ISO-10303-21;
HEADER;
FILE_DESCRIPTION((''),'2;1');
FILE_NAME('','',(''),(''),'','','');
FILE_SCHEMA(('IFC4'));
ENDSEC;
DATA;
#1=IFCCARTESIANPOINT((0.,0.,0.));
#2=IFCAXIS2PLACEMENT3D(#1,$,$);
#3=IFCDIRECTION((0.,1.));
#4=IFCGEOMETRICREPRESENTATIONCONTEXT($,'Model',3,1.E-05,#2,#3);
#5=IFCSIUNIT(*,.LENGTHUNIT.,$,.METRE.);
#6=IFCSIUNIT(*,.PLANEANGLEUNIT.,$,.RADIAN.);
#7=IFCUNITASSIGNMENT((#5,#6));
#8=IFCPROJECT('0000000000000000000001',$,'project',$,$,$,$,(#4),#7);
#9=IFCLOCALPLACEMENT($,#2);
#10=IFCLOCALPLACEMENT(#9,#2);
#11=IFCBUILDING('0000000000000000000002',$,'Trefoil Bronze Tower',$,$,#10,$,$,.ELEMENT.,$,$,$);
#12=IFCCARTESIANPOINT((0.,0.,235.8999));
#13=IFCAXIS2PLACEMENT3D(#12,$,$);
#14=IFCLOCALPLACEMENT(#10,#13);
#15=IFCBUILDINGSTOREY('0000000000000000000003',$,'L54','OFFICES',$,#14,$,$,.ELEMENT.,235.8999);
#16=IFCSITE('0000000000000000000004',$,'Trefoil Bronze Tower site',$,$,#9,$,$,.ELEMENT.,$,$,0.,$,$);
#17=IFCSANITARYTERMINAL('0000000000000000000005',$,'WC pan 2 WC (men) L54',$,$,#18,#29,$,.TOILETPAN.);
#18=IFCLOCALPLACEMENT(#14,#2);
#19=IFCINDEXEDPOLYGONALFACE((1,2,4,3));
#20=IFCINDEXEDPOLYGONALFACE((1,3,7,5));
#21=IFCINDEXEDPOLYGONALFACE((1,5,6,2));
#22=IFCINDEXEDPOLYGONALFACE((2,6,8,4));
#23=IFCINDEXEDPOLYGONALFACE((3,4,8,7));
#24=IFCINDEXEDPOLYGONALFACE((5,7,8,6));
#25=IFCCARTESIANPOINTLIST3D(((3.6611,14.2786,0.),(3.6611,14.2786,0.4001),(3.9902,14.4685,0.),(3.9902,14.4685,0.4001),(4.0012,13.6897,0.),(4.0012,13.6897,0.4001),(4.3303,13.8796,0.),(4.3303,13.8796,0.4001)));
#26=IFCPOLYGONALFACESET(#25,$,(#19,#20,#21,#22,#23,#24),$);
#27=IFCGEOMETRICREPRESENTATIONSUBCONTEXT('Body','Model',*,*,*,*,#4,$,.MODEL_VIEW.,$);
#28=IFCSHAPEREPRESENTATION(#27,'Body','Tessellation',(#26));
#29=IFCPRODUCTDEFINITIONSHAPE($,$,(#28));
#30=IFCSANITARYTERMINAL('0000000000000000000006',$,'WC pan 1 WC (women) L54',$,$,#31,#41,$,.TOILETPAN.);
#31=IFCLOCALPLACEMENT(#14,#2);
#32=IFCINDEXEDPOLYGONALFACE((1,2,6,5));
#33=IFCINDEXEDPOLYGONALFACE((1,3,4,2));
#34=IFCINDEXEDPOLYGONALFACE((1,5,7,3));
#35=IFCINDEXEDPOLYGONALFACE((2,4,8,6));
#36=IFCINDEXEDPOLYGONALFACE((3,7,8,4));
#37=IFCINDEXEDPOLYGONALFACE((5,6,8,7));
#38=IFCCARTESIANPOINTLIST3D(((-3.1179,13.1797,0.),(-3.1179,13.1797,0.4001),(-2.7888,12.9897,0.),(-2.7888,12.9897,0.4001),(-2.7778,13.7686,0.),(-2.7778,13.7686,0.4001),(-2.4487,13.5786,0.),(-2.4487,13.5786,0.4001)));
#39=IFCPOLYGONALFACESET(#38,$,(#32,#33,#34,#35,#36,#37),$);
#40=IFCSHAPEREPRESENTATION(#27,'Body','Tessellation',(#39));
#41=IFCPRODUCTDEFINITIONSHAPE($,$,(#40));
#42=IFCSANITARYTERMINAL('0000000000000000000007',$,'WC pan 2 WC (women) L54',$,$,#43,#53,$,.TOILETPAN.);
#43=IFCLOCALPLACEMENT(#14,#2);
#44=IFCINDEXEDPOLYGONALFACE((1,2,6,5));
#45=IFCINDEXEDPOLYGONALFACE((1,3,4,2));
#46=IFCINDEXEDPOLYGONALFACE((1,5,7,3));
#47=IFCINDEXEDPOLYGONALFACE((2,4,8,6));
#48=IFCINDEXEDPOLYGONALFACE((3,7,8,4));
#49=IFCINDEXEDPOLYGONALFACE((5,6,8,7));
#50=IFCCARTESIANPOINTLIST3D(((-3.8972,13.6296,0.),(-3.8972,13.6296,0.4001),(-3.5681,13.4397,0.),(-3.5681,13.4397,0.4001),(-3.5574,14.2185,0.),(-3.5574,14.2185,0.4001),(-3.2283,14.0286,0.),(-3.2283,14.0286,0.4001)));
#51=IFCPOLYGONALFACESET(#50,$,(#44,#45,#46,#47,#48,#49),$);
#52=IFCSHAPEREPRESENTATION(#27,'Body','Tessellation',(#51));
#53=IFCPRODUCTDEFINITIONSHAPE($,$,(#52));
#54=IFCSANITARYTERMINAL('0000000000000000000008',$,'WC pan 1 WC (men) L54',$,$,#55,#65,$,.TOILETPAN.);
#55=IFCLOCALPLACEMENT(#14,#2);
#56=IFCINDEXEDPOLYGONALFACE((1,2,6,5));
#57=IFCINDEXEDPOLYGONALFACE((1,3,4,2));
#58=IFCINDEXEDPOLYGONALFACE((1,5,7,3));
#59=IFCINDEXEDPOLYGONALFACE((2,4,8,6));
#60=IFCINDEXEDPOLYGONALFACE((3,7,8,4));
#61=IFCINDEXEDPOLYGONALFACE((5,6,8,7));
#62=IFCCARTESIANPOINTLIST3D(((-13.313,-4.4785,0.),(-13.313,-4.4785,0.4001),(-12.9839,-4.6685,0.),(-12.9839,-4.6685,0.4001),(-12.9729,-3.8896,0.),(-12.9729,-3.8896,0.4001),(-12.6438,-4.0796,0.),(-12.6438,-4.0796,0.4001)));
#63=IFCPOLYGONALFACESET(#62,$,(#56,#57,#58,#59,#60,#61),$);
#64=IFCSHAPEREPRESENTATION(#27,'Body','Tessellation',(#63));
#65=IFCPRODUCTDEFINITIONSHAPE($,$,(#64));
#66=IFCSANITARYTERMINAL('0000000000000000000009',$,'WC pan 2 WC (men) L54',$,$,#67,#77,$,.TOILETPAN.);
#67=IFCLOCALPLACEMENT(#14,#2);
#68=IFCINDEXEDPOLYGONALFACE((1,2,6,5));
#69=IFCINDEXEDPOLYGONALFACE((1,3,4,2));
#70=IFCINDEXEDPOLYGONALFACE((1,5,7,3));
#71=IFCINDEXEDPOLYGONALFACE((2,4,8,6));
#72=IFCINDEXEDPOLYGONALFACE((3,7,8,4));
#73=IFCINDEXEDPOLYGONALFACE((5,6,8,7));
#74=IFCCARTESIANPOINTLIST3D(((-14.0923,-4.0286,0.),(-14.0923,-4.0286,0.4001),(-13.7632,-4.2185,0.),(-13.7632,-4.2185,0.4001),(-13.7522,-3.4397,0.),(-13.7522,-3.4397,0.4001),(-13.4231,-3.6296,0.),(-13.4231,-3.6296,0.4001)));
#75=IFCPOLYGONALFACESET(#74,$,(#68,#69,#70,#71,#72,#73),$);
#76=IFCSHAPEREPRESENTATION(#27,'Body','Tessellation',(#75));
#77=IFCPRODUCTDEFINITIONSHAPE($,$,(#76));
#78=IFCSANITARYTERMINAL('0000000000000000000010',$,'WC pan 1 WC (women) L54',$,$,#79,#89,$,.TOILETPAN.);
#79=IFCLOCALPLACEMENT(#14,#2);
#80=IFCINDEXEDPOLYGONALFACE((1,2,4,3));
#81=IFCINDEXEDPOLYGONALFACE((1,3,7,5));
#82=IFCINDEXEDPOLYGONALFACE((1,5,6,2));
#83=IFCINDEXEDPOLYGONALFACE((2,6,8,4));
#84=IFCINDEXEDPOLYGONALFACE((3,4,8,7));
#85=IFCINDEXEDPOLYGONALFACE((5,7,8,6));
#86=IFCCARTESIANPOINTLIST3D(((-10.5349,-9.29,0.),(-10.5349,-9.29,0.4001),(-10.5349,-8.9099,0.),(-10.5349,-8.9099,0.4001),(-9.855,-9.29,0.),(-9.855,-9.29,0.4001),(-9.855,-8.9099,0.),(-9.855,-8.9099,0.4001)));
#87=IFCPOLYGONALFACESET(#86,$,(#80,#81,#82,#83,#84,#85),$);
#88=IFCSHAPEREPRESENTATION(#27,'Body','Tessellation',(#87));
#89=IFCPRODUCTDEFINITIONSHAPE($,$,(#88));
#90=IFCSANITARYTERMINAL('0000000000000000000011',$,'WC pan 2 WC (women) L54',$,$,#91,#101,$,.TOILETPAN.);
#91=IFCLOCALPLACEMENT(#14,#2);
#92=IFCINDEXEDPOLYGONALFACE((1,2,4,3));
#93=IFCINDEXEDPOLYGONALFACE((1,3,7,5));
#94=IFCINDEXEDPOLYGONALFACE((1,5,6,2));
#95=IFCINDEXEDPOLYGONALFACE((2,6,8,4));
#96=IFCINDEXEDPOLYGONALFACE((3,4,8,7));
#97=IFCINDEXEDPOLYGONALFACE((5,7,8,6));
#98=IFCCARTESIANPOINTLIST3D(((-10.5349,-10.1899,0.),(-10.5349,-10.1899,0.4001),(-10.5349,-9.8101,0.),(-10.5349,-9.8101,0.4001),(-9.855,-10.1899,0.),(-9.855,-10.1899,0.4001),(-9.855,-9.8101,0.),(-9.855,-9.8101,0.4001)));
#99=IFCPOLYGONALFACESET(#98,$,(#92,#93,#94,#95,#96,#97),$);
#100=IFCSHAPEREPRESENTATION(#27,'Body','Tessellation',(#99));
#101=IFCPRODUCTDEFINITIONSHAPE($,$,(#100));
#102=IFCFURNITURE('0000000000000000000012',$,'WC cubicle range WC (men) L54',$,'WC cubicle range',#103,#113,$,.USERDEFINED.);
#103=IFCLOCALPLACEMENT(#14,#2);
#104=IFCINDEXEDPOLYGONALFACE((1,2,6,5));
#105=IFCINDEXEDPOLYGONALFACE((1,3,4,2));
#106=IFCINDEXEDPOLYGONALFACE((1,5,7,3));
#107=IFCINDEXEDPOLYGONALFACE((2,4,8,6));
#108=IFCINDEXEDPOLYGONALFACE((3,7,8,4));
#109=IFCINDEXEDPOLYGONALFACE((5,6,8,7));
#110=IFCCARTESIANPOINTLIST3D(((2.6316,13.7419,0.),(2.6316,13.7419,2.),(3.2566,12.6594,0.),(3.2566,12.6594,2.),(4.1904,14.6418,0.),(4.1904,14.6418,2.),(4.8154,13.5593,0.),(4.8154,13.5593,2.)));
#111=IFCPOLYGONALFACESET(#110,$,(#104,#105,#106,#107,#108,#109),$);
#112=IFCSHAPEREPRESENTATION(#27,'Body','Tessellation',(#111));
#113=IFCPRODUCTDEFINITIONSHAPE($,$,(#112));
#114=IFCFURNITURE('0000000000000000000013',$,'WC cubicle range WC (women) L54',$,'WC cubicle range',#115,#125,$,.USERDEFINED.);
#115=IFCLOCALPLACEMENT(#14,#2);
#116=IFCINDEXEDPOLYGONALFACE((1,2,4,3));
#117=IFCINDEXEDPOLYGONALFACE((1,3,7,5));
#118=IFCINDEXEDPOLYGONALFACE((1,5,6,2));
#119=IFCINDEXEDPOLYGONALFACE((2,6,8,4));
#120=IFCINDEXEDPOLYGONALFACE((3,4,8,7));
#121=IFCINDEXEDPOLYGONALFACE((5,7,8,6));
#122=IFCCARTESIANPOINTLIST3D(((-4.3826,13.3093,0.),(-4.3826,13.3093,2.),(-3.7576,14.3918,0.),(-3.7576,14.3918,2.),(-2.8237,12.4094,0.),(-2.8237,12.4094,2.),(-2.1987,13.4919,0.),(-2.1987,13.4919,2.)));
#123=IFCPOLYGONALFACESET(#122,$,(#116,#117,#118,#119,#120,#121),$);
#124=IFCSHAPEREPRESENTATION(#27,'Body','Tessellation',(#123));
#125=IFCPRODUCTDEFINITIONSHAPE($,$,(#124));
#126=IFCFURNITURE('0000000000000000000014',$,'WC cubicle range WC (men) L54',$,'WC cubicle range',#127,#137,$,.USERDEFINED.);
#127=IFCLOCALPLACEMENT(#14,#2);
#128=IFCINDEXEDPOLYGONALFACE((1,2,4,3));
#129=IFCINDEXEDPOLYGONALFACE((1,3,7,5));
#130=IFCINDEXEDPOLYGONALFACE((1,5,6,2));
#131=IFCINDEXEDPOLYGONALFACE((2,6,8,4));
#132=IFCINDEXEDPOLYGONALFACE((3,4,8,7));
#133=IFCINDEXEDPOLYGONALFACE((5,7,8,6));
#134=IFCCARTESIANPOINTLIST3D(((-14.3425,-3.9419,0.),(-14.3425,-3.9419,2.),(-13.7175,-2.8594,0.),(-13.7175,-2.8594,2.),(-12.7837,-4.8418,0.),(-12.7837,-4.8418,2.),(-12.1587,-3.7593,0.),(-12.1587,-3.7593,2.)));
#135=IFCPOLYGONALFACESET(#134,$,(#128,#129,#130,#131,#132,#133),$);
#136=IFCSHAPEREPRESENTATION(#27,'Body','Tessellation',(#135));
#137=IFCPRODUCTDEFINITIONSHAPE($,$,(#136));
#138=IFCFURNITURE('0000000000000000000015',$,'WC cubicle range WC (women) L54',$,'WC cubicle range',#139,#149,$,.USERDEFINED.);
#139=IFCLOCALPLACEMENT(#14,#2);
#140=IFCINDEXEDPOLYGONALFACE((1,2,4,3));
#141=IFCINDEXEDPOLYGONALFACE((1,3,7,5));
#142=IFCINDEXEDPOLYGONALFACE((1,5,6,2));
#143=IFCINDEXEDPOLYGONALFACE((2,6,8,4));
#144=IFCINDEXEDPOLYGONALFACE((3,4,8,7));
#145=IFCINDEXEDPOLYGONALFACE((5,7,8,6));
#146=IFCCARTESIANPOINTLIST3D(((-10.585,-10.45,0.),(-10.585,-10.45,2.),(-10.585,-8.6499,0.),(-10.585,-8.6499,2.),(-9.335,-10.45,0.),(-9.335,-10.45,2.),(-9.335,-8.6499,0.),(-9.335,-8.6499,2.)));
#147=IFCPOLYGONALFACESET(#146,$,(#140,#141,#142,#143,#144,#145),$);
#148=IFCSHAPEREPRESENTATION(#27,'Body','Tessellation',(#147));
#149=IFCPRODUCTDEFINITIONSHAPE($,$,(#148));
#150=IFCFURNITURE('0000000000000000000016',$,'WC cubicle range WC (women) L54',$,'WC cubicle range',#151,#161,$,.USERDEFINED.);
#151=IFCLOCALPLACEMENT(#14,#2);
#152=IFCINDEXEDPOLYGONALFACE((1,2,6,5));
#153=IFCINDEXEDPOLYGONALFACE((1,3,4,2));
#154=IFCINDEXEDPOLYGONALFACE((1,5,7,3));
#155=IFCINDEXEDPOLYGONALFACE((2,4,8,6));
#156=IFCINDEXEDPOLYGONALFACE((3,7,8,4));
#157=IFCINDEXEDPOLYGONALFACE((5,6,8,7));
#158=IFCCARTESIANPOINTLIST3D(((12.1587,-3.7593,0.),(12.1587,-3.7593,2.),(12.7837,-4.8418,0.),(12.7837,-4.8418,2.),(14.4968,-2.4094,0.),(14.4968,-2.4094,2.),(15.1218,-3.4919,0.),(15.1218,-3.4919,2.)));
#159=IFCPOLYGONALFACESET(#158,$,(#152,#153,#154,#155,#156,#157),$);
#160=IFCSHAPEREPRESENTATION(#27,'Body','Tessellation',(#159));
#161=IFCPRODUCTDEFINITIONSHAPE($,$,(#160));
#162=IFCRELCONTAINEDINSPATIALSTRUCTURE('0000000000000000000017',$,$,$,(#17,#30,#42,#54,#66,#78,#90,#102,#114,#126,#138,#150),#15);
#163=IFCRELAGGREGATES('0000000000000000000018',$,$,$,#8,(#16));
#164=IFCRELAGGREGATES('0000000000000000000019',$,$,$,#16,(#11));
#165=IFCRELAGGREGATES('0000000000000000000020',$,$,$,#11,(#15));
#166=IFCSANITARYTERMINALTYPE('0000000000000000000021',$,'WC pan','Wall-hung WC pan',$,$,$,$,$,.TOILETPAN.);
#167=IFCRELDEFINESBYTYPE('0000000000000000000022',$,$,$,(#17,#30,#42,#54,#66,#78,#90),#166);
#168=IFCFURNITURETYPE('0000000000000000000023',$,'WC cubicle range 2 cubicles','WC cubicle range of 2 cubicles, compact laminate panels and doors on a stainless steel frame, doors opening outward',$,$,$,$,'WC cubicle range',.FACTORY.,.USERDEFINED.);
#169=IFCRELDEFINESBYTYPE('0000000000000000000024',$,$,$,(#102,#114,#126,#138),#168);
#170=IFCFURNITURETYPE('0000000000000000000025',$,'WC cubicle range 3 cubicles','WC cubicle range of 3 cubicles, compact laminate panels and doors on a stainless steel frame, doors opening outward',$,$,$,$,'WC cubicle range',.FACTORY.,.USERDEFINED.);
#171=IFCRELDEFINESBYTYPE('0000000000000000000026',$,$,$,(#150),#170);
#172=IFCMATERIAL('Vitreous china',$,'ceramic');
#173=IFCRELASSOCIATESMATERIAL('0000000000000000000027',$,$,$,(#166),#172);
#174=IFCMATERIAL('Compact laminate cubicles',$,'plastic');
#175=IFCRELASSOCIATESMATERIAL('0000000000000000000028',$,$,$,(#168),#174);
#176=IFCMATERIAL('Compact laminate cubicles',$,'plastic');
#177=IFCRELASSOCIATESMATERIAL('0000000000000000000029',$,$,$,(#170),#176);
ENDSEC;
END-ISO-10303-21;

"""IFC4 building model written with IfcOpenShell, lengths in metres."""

from ifc_helpers import new_model, si_unit, direction, frame, origin, place, context, subcontext, project, spatial, polyline, outline, extrude, material, type_object, element, save


model = new_model("IFC4")

# Units and contexts
model_context = context("Model", 3, precision=1e-05, world=origin(), true_north=direction((0.0, 1.0)))
body_context = subcontext(model_context, "Body", "Model", "MODEL_VIEW")
ifc_project = project(units=[si_unit("LENGTHUNIT", "METRE"), si_unit("PLANEANGLEUNIT", "RADIAN")], contexts=[model_context])

# Site, building, storey
site_placement = place(None, origin())
site = spatial("IfcSite", under=ifc_project, at=site_placement, Name="Trefoil Bronze Tower site", CompositionType="ELEMENT", RefElevation=0.0)
building_placement = place(site_placement, origin())
building = spatial("IfcBuilding", under=site, at=building_placement, Name="Trefoil Bronze Tower", CompositionType="ELEMENT")
storey_placement = place(building_placement, frame((0.0, 0.0, 235.8999)))
storey = spatial("IfcBuildingStorey", under=building, at=storey_placement, Name="L54", Description="OFFICES", CompositionType="ELEMENT", Elevation=235.8999)

# Sanitary terminals
ifc_material_1 = material(Name="Vitreous china", Category="ceramic")
sanitary_terminal_type_1 = type_object("IfcSanitaryTerminalType", Name="WC pan", Description="Wall-hung WC pan", PredefinedType="TOILETPAN", material=ifc_material_1)
sanitary_terminal_1_placement = place(storey_placement, origin())
element("IfcSanitaryTerminal", 1, at=sanitary_terminal_1_placement, inside=storey, type_object=sanitary_terminal_type_1, Name="WC pan 2 WC (men) L54", PredefinedType="TOILETPAN", context=body_context, shape_type="SweptSolid", body=[
    extrude(outline(polyline([(4.0012, 13.6897), (3.6611, 14.2786), (3.9902, 14.4685), (4.3303, 13.8796), (4.0012, 13.6897)])), origin(), (0.0, 0.0, 1.0), 0.4001),
])
sanitary_terminal_2_placement = place(storey_placement, origin())
element("IfcSanitaryTerminal", 2, at=sanitary_terminal_2_placement, inside=storey, type_object=sanitary_terminal_type_1, Name="WC pan 1 WC (women) L54", PredefinedType="TOILETPAN", context=body_context, shape_type="SweptSolid", body=[
    extrude(outline(polyline([(-2.7888, 12.9897), (-2.4487, 13.5786), (-2.7778, 13.7686), (-3.1179, 13.1797), (-2.7888, 12.9897)])), origin(), (0.0, 0.0, 1.0), 0.4001),
])
sanitary_terminal_3_placement = place(storey_placement, origin())
element("IfcSanitaryTerminal", 3, at=sanitary_terminal_3_placement, inside=storey, type_object=sanitary_terminal_type_1, Name="WC pan 2 WC (women) L54", PredefinedType="TOILETPAN", context=body_context, shape_type="SweptSolid", body=[
    extrude(outline(polyline([(-3.5681, 13.4397), (-3.2283, 14.0286), (-3.5574, 14.2185), (-3.8972, 13.6296), (-3.5681, 13.4397)])), origin(), (0.0, 0.0, 1.0), 0.4001),
])
sanitary_terminal_4_placement = place(storey_placement, origin())
element("IfcSanitaryTerminal", 4, at=sanitary_terminal_4_placement, inside=storey, type_object=sanitary_terminal_type_1, Name="WC pan 1 WC (men) L54", PredefinedType="TOILETPAN", context=body_context, shape_type="SweptSolid", body=[
    extrude(outline(polyline([(-12.6438, -4.0796), (-12.9839, -4.6685), (-13.313, -4.4785), (-12.9729, -3.8896), (-12.6438, -4.0796)])), origin(), (0.0, 0.0, 1.0), 0.4001),
])
sanitary_terminal_5_placement = place(storey_placement, origin())
element("IfcSanitaryTerminal", 5, at=sanitary_terminal_5_placement, inside=storey, type_object=sanitary_terminal_type_1, Name="WC pan 2 WC (men) L54", PredefinedType="TOILETPAN", context=body_context, shape_type="SweptSolid", body=[
    extrude(outline(polyline([(-13.4231, -3.6296), (-13.7632, -4.2185), (-14.0923, -4.0286), (-13.7522, -3.4397), (-13.4231, -3.6296)])), origin(), (0.0, 0.0, 1.0), 0.4001),
])
sanitary_terminal_6_placement = place(storey_placement, origin())
element("IfcSanitaryTerminal", 6, at=sanitary_terminal_6_placement, inside=storey, type_object=sanitary_terminal_type_1, Name="WC pan 1 WC (women) L54", PredefinedType="TOILETPAN", context=body_context, shape_type="SweptSolid", body=[
    extrude(outline(polyline([(-9.855, -8.9099), (-10.5349, -8.9099), (-10.5349, -9.29), (-9.855, -9.29), (-9.855, -8.9099)])), origin(), (0.0, 0.0, 1.0), 0.4001),
])
sanitary_terminal_7_placement = place(storey_placement, origin())
element("IfcSanitaryTerminal", 7, at=sanitary_terminal_7_placement, inside=storey, type_object=sanitary_terminal_type_1, Name="WC pan 2 WC (women) L54", PredefinedType="TOILETPAN", context=body_context, shape_type="SweptSolid", body=[
    extrude(outline(polyline([(-9.855, -9.8101), (-10.5349, -9.8101), (-10.5349, -10.1899), (-9.855, -10.1899), (-9.855, -9.8101)])), origin(), (0.0, 0.0, 1.0), 0.4001),
])

# Furniture
ifc_material_2 = material(Name="Compact laminate cubicles", Category="plastic")
furniture_type_1 = type_object("IfcFurnitureType", Name="WC cubicle range 2 cubicles", Description="WC cubicle range of 2 cubicles, compact laminate panels and doors on a stainless steel frame, doors opening outward", ElementType="WC cubicle range", AssemblyPlace="FACTORY", PredefinedType="USERDEFINED", material=ifc_material_2)
furniture_1_placement = place(storey_placement, origin())
element("IfcFurniture", 8, at=furniture_1_placement, inside=storey, type_object=furniture_type_1, Name="WC cubicle range WC (men) L54", ObjectType="WC cubicle range", PredefinedType="USERDEFINED", context=body_context, shape_type="SweptSolid", body=[
    extrude(outline(polyline([(3.2566, 12.6594), (2.6316, 13.7419), (4.1904, 14.6418), (4.8154, 13.5593), (3.2566, 12.6594)])), origin(), (0.0, 0.0, 1.0), 2.0),
])
furniture_2_placement = place(storey_placement, origin())
element("IfcFurniture", 9, at=furniture_2_placement, inside=storey, type_object=furniture_type_1, Name="WC cubicle range WC (women) L54", ObjectType="WC cubicle range", PredefinedType="USERDEFINED", context=body_context, shape_type="SweptSolid", body=[
    extrude(outline(polyline([(-2.8237, 12.4094), (-2.1987, 13.4919), (-3.7576, 14.3918), (-4.3826, 13.3093), (-2.8237, 12.4094)])), origin(), (0.0, 0.0, 1.0), 2.0),
])
furniture_3_placement = place(storey_placement, origin())
element("IfcFurniture", 10, at=furniture_3_placement, inside=storey, type_object=furniture_type_1, Name="WC cubicle range WC (men) L54", ObjectType="WC cubicle range", PredefinedType="USERDEFINED", context=body_context, shape_type="SweptSolid", body=[
    extrude(outline(polyline([(-12.1587, -3.7593), (-12.7837, -4.8418), (-14.3425, -3.9419), (-13.7175, -2.8594), (-12.1587, -3.7593)])), origin(), (0.0, 0.0, 1.0), 2.0),
])
furniture_4_placement = place(storey_placement, origin())
element("IfcFurniture", 11, at=furniture_4_placement, inside=storey, type_object=furniture_type_1, Name="WC cubicle range WC (women) L54", ObjectType="WC cubicle range", PredefinedType="USERDEFINED", context=body_context, shape_type="SweptSolid", body=[
    extrude(outline(polyline([(-9.335, -8.6499), (-10.585, -8.6499), (-10.585, -10.45), (-9.335, -10.45), (-9.335, -8.6499)])), origin(), (0.0, 0.0, 1.0), 2.0),
])
ifc_material_3 = material(Name="Compact laminate cubicles", Category="plastic")
furniture_type_2 = type_object("IfcFurnitureType", Name="WC cubicle range 3 cubicles", Description="WC cubicle range of 3 cubicles, compact laminate panels and doors on a stainless steel frame, doors opening outward", ElementType="WC cubicle range", AssemblyPlace="FACTORY", PredefinedType="USERDEFINED", material=ifc_material_3)
furniture_5_placement = place(storey_placement, origin())
element("IfcFurniture", 12, at=furniture_5_placement, inside=storey, type_object=furniture_type_2, Name="WC cubicle range WC (women) L54", ObjectType="WC cubicle range", PredefinedType="USERDEFINED", context=body_context, shape_type="SweptSolid", body=[
    extrude(outline(polyline([(12.1587, -3.7593), (12.7837, -4.8418), (15.1218, -3.4919), (14.4968, -2.4094), (12.1587, -3.7593)])), origin(), (0.0, 0.0, 1.0), 2.0),
])

save(model, "model.ifc")
